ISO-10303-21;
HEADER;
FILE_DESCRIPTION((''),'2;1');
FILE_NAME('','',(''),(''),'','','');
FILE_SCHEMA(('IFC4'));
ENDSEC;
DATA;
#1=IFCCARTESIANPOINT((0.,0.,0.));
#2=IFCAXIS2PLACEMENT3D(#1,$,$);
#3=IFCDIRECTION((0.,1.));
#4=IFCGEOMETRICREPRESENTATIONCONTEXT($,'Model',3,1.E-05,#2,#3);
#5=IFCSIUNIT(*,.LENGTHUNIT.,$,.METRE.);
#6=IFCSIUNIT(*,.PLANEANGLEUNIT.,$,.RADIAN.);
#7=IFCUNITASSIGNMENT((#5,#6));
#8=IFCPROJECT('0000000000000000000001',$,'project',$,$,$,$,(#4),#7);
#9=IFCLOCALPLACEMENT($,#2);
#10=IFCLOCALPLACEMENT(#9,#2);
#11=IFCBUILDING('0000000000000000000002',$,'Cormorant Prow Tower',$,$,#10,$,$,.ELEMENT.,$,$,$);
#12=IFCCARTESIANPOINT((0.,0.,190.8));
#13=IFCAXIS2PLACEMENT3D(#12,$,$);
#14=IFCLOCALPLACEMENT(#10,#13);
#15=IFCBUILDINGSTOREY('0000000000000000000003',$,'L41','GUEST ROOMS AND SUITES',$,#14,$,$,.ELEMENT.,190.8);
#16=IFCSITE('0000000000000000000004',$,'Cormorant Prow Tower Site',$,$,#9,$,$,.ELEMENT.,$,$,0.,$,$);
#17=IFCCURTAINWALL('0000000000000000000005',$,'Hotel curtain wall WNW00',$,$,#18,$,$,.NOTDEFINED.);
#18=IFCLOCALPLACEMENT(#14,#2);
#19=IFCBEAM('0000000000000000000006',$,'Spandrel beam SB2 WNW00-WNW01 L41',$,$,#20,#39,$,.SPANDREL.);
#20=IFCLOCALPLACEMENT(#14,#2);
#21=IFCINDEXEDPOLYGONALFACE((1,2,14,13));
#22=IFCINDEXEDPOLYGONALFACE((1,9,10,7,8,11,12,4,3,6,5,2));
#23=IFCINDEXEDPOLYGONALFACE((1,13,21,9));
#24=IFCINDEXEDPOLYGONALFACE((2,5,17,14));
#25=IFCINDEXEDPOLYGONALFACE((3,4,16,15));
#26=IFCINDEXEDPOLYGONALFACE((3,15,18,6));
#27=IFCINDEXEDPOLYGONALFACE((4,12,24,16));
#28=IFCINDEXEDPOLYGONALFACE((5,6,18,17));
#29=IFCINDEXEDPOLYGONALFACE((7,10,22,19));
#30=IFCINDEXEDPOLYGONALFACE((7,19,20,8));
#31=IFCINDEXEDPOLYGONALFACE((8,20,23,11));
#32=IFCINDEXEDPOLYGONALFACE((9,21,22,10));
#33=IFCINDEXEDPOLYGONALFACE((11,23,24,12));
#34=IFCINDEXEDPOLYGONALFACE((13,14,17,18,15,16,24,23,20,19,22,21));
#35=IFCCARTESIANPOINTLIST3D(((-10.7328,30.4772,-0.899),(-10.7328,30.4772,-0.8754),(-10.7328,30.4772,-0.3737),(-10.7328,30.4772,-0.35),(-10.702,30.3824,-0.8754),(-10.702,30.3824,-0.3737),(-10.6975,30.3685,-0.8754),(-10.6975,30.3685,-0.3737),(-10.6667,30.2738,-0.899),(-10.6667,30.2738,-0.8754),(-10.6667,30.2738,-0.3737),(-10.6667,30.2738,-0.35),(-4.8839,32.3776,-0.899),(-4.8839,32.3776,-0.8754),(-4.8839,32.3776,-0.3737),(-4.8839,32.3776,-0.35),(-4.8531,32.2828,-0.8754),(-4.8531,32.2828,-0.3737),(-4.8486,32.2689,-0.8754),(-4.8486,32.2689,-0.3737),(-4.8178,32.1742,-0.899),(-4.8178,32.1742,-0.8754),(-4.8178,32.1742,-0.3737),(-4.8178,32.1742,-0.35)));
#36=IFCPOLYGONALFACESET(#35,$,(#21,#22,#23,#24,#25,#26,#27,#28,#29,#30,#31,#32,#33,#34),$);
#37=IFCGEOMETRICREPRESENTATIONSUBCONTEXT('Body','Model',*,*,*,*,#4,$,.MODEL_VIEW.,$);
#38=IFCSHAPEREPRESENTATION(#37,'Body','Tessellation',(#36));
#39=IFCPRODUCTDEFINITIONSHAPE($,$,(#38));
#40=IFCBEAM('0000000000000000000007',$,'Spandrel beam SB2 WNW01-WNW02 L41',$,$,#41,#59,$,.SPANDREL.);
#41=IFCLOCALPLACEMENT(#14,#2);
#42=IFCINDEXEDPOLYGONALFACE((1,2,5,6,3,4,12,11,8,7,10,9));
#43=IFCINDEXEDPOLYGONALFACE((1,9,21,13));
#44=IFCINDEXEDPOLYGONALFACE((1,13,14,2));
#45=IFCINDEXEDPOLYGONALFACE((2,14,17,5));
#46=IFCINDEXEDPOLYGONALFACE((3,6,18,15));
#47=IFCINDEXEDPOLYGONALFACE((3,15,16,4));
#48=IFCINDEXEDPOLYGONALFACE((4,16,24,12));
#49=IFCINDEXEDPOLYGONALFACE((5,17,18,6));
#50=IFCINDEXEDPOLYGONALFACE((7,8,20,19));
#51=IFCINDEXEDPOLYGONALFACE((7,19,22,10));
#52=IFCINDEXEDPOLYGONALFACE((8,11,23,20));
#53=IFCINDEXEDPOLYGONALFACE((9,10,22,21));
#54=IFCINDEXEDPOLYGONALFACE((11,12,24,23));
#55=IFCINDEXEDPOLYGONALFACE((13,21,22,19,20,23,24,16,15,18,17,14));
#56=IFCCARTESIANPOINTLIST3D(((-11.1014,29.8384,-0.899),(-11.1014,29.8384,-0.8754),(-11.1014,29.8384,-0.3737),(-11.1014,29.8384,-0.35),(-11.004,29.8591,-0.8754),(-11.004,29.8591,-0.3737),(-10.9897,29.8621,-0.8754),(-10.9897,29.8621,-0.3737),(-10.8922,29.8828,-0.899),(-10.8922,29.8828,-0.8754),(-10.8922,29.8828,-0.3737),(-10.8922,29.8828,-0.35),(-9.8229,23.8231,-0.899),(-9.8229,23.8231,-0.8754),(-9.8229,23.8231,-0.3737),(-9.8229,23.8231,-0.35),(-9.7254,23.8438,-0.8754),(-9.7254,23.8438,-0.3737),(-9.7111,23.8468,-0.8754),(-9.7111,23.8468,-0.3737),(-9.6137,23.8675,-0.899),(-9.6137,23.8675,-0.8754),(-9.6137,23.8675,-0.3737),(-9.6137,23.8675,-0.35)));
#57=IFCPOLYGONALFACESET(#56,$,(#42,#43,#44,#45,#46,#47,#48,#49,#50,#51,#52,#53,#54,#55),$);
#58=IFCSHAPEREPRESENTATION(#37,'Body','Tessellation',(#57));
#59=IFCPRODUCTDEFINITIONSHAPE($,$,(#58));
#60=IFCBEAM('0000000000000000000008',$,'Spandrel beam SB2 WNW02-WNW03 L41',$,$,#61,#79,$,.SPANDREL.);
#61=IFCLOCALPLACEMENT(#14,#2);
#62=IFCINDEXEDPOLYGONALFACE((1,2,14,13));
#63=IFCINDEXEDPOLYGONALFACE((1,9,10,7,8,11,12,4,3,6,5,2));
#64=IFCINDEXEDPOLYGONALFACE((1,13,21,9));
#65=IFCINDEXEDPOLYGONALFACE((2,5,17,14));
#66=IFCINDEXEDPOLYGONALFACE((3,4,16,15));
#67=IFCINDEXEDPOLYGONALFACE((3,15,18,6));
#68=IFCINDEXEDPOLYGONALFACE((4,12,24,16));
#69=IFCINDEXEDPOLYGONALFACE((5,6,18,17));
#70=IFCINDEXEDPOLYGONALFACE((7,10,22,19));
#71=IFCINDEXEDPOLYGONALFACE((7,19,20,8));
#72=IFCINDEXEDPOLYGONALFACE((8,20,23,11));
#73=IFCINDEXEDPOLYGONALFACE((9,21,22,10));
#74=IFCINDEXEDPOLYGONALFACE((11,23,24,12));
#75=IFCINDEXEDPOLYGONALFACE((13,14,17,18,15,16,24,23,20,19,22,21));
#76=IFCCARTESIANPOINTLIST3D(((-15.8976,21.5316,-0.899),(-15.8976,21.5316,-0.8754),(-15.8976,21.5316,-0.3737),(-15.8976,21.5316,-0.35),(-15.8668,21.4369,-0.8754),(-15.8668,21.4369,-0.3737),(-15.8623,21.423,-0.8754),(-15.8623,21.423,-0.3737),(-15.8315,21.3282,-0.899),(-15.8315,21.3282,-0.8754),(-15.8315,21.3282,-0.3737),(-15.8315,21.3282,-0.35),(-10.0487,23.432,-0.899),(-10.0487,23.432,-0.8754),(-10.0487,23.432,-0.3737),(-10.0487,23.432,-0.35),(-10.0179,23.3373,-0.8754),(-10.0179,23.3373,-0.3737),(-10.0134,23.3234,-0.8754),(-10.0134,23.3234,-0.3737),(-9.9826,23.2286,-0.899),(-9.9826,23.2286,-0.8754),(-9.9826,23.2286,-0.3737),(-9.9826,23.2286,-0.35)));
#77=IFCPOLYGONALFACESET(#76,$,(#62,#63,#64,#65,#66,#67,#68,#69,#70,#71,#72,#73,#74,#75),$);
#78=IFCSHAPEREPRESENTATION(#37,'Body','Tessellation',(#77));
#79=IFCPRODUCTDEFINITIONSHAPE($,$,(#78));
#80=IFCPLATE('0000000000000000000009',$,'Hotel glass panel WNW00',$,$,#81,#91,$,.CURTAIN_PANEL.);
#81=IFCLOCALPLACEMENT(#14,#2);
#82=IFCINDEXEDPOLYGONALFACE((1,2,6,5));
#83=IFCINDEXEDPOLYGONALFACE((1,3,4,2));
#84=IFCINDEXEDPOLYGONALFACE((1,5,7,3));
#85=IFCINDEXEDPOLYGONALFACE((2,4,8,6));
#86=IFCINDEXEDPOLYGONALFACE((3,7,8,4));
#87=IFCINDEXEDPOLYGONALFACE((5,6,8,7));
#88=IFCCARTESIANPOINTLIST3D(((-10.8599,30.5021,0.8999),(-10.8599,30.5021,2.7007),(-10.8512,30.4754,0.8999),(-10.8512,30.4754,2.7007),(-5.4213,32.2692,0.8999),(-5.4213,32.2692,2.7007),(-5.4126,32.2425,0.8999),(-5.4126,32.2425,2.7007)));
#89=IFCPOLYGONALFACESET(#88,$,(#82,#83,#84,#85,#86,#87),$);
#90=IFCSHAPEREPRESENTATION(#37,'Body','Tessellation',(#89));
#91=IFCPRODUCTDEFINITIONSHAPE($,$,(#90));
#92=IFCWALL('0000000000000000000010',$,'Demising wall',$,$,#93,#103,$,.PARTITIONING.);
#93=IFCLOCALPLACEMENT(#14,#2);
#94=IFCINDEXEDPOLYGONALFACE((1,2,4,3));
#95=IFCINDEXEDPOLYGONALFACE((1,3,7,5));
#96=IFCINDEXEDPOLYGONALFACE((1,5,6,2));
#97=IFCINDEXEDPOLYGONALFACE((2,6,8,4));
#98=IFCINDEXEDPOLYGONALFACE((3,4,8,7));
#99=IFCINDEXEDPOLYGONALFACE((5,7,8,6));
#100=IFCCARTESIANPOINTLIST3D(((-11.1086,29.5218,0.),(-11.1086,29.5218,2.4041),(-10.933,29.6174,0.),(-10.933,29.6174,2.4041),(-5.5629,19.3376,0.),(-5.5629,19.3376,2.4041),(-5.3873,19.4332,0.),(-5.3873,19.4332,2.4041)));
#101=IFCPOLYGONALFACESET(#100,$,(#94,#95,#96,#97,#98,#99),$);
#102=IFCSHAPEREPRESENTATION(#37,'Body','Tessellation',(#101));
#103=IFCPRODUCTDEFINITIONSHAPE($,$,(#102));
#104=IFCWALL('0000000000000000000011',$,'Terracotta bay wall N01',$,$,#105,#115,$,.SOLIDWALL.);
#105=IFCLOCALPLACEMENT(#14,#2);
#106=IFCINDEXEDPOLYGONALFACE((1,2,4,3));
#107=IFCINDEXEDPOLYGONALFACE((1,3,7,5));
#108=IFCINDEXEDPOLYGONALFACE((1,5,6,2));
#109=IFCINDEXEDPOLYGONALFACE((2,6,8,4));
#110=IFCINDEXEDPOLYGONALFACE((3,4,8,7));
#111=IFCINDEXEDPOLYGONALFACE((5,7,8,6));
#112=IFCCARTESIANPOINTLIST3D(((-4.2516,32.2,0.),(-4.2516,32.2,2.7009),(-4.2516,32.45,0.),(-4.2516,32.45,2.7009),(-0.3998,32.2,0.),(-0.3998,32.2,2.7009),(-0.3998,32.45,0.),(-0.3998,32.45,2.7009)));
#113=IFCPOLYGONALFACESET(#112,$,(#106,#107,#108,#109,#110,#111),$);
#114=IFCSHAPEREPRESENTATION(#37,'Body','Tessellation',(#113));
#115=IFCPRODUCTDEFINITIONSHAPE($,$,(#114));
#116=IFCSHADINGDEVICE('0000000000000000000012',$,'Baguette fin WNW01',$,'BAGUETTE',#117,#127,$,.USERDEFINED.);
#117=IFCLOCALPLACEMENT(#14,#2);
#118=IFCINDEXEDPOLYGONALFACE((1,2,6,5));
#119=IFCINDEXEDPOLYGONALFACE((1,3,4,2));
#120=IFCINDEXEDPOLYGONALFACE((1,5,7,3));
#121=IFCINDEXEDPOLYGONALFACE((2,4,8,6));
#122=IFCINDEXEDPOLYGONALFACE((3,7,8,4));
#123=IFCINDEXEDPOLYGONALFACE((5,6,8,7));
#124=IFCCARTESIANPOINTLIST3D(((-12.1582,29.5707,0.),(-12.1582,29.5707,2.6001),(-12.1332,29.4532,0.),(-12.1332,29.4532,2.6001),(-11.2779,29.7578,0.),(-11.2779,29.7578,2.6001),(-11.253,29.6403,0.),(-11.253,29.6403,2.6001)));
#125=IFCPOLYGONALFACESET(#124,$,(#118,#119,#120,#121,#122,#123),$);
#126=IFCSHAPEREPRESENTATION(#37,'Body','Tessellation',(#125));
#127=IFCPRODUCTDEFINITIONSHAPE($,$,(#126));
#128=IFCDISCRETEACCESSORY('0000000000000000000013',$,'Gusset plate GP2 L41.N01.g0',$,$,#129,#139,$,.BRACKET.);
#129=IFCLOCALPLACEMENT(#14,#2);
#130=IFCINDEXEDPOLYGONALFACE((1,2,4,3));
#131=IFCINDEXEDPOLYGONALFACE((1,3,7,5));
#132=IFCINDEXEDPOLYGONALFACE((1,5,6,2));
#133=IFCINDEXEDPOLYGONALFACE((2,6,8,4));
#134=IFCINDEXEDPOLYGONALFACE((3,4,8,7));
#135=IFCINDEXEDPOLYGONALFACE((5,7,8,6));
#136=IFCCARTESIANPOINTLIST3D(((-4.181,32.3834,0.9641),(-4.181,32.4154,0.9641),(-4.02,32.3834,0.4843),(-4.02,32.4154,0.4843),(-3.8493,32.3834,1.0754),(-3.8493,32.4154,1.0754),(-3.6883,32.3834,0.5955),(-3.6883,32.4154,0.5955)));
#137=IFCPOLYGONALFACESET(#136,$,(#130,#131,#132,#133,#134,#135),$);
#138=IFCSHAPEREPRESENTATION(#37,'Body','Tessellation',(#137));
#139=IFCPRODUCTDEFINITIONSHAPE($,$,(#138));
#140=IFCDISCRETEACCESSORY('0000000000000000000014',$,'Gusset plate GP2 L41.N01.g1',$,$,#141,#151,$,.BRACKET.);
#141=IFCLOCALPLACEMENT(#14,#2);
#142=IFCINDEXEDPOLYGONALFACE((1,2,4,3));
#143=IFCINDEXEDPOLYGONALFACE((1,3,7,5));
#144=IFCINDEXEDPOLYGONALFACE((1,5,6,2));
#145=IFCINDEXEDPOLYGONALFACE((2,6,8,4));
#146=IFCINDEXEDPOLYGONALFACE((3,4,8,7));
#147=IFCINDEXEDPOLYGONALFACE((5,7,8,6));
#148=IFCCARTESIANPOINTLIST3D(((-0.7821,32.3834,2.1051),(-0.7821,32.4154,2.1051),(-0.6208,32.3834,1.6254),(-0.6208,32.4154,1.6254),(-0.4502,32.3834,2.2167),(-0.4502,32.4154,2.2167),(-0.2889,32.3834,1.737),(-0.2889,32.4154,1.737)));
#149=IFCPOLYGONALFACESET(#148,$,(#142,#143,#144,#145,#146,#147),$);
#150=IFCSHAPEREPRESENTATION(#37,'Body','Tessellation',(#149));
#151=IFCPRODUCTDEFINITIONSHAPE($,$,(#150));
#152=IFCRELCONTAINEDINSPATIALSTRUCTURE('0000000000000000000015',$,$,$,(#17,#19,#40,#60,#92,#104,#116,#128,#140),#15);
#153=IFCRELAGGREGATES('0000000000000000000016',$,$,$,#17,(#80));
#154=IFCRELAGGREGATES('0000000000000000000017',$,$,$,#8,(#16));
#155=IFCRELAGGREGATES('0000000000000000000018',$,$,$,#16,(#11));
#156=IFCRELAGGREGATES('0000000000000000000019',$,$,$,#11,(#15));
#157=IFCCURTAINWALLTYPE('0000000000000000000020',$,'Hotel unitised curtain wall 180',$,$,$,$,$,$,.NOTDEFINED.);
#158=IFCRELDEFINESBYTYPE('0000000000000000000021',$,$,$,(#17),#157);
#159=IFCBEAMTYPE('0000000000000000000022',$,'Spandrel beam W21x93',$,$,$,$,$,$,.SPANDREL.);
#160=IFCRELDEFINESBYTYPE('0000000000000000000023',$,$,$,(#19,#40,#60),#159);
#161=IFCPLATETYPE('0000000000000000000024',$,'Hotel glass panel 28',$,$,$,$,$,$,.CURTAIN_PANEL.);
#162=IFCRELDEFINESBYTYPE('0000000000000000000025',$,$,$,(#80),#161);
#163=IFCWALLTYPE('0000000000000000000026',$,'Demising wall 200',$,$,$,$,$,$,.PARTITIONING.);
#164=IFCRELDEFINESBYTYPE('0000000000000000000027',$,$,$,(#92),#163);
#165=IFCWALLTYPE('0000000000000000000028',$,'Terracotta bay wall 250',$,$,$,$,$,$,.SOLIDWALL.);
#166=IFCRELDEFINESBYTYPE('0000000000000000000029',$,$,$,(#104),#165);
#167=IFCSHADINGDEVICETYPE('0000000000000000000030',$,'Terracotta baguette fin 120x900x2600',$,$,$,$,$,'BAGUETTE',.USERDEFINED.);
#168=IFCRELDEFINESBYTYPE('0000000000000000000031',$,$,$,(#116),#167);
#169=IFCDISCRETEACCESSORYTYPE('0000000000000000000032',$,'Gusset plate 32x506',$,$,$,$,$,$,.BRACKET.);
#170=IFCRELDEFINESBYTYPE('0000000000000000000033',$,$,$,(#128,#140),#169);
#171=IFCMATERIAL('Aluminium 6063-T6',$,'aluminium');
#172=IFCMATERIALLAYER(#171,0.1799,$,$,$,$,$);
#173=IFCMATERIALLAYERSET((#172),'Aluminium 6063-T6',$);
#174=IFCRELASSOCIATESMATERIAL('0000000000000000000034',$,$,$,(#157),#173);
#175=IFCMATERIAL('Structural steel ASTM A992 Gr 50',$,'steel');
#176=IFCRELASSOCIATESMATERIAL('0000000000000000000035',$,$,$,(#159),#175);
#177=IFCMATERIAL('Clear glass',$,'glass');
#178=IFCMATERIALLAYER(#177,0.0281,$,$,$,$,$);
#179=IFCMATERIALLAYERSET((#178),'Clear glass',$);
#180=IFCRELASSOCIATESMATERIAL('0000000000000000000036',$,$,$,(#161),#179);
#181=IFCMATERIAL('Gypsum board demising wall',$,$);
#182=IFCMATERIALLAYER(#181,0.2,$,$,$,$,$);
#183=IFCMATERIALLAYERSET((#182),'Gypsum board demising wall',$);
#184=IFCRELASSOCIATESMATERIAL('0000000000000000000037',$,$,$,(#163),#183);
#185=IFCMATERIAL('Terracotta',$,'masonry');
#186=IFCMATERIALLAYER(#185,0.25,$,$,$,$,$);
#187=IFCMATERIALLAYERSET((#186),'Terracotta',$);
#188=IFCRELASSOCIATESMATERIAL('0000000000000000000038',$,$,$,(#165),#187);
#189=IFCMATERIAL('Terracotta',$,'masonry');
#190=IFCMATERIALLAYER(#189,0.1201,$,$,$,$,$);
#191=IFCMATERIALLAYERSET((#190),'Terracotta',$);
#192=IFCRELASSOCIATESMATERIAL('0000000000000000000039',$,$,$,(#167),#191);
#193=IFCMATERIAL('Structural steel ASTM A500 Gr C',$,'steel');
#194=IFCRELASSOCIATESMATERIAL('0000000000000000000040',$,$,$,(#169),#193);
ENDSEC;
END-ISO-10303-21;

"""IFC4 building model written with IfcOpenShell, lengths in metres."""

from ifc_helpers import new_model, si_unit, direction, frame, frame_2d, origin, origin_2d, place, context, subcontext, project, spatial, rectangle, i_section, extrude, material, layer, layer_set, material_profile, profile_set, type_object, element, aggregate, save


model = new_model("IFC4")

# Units and contexts
model_context = context("Model", 3, precision=1e-05, world=origin(), true_north=direction((0.0, 1.0)))
body_context = subcontext(model_context, "Body", "Model", "MODEL_VIEW")
ifc_project = project(units=[si_unit("LENGTHUNIT", "METRE"), si_unit("PLANEANGLEUNIT", "RADIAN")], contexts=[model_context])

# Site, building, storey
site_placement = place(None, origin())
site = spatial("IfcSite", under=ifc_project, at=site_placement, Name="Cormorant Prow Tower Site", CompositionType="ELEMENT", RefElevation=0.0)
building_placement = place(site_placement, origin())
building = spatial("IfcBuilding", under=site, at=building_placement, Name="Cormorant Prow Tower", CompositionType="ELEMENT")
storey_placement = place(building_placement, frame((0.0, 0.0, 190.8)))
storey = spatial("IfcBuildingStorey", under=building, at=storey_placement, Name="L41", Description="GUEST ROOMS AND SUITES", CompositionType="ELEMENT", Elevation=190.8)

# Curtain wall
ifc_material_1 = material(Name="Aluminium 6063-T6", Category="aluminium")
ifc_layer_1 = layer(ifc_material_1, 0.1799)
ifc_layer_set_1 = layer_set([ifc_layer_1], Name="Aluminium 6063-T6")
curtain_wall_type = type_object("IfcCurtainWallType", Name="Hotel unitised curtain wall 180", PredefinedType="NOTDEFINED", material=ifc_layer_set_1)
curtain_wall_1_placement = place(storey_placement, origin())
curtain_wall_1 = element("IfcCurtainWall", 1, at=curtain_wall_1_placement, inside=storey, type_object=curtain_wall_type, Name="Hotel curtain wall WNW00", PredefinedType="NOTDEFINED")

# Beams
ifc_material_2 = material(Name="Structural steel ASTM A992 Gr 50", Category="steel")
ifc_material_profile_1 = material_profile(ifc_material_2, i_section(OverallWidth=0.2139, OverallDepth=0.5491, WebThickness=0.0146, FlangeThickness=0.0237, at=origin_2d()), Name="W21x93")
ifc_profile_set_1 = profile_set([ifc_material_profile_1], Name="Structural steel ASTM A992 Gr 50")
beam_type_1 = type_object("IfcBeamType", Name="Spandrel beam W21x93", PredefinedType="SPANDREL", material=ifc_profile_set_1)
beam_1_placement = place(storey_placement, frame((-4.8508, 32.2759, -0.6245), z_axis=(-0.951058, -0.309013, 0.0), x_axis=(0.309013, -0.951058, 0.0)))
element("IfcBeam", 2, at=beam_1_placement, inside=storey, type_object=beam_type_1, Name="Spandrel beam SB2 WNW00-WNW01 L41", PredefinedType="SPANDREL", context=body_context, shape_type="SweptSolid", body=[
    extrude(i_section(OverallWidth=0.2139, OverallDepth=0.5491, WebThickness=0.0146, FlangeThickness=0.0237, at=origin_2d()), origin(), (0.0, 0.0, 1.0), 6.1499),
])
beam_2_placement = place(storey_placement, frame((-10.9968, 29.8606, -0.6245), z_axis=(0.207905, -0.978149, 0.0), x_axis=(0.978149, 0.207905, 0.0)))
element("IfcBeam", 3, at=beam_2_placement, inside=storey, type_object=beam_type_1, Name="Spandrel beam SB2 WNW01-WNW02 L41", PredefinedType="SPANDREL", context=body_context, shape_type="SweptSolid", body=[
    extrude(i_section(OverallWidth=0.2139, OverallDepth=0.5491, WebThickness=0.0146, FlangeThickness=0.0237, at=origin_2d()), origin(), (0.0, 0.0, 1.0), 6.1497),
])
beam_3_placement = place(storey_placement, frame((-10.0156, 23.3303, -0.6245), z_axis=(-0.951058, -0.309013, 0.0), x_axis=(0.309013, -0.951058, 0.0)))
element("IfcBeam", 4, at=beam_3_placement, inside=storey, type_object=beam_type_1, Name="Spandrel beam SB2 WNW02-WNW03 L41", PredefinedType="SPANDREL", context=body_context, shape_type="SweptSolid", body=[
    extrude(i_section(OverallWidth=0.2139, OverallDepth=0.5491, WebThickness=0.0146, FlangeThickness=0.0237, at=origin_2d()), origin(), (0.0, 0.0, 1.0), 6.1499),
])

# Plate
ifc_material_3 = material(Name="Clear glass", Category="glass")
ifc_layer_2 = layer(ifc_material_3, 0.0281)
ifc_layer_set_2 = layer_set([ifc_layer_2], Name="Clear glass")
plate_type = type_object("IfcPlateType", Name="Hotel glass panel 28", PredefinedType="CURTAIN_PANEL", material=ifc_layer_set_2)
plate_placement = place(storey_placement, frame((-8.1362, 31.3723, 0.8999), z_axis=(0.0, 0.0, 1.0), x_axis=(-0.951057, -0.309017, 0.0)))
plate = element("IfcPlate", 5, at=plate_placement, type_object=plate_type, Name="Hotel glass panel WNW00", PredefinedType="CURTAIN_PANEL", context=body_context, shape_type="SweptSolid", body=[
    extrude(rectangle(XDim=5.7185, YDim=0.0281, at=origin_2d()), origin(), (0.0, 0.0, 1.0), 1.8008),
])
aggregate(curtain_wall_1, [plate])

# Walls
ifc_material_4 = material(Name="Gypsum board demising wall")
ifc_layer_3 = layer(ifc_material_4, 0.2)
ifc_layer_set_3 = layer_set([ifc_layer_3], Name="Gypsum board demising wall")
wall_type_1 = type_object("IfcWallType", Name="Demising wall 200", PredefinedType="PARTITIONING", material=ifc_layer_set_3)
wall_1_placement = place(storey_placement, frame((-11.0208, 29.5696, 0.0), z_axis=(0.0, 0.0, 1.0), x_axis=(0.478234, -0.878232, 0.0)))
element("IfcWall", 6, at=wall_1_placement, inside=storey, type_object=wall_type_1, Name="Demising wall", PredefinedType="PARTITIONING", context=body_context, shape_type="SweptSolid", body=[
    extrude(rectangle(XDim=11.5962, YDim=0.2, at=frame_2d((5.7981, 0.0))), origin(), (0.0, 0.0, 1.0), 2.4041),
])
ifc_material_5 = material(Name="Terracotta", Category="masonry")
ifc_layer_4 = layer(ifc_material_5, 0.25)
ifc_layer_set_4 = layer_set([ifc_layer_4], Name="Terracotta")
wall_type_2 = type_object("IfcWallType", Name="Terracotta bay wall 250", PredefinedType="SOLIDWALL", material=ifc_layer_set_4)
wall_2_placement = place(storey_placement, frame((-0.3999, 32.325, 0.0), z_axis=(0.0, 0.0, 1.0), x_axis=(-1.0, 0.0, 0.0)))
element("IfcWall", 7, at=wall_2_placement, inside=storey, type_object=wall_type_2, Name="Terracotta bay wall N01", PredefinedType="SOLIDWALL", context=body_context, shape_type="SweptSolid", body=[
    extrude(rectangle(XDim=3.8518, YDim=0.25, at=frame_2d((1.9258, 0.0))), origin(), (0.0, 0.0, 1.0), 2.7009),
])

# Shading device
ifc_material_6 = material(Name="Terracotta", Category="masonry")
ifc_layer_5 = layer(ifc_material_6, 0.1201)
ifc_layer_set_5 = layer_set([ifc_layer_5], Name="Terracotta")
shading_device_type = type_object("IfcShadingDeviceType", Name="Terracotta baguette fin 120x900x2600", ElementType="BAGUETTE", PredefinedType="USERDEFINED", material=ifc_layer_set_5)
shading_device_placement = place(storey_placement, frame((-11.7056, 29.6055, 0.0), z_axis=(0.0, 0.0, 1.0), x_axis=(0.207912, -0.978148, 0.0)))
element("IfcShadingDevice", 8, at=shading_device_placement, inside=storey, type_object=shading_device_type, Name="Baguette fin WNW01", ObjectType="BAGUETTE", PredefinedType="USERDEFINED", context=body_context, shape_type="SweptSolid", body=[
    extrude(rectangle(XDim=0.1201, YDim=0.8999, at=origin_2d()), origin(), (0.0, 0.0, 1.0), 2.6001),
])

# Discrete accessories
ifc_material_7 = material(Name="Structural steel ASTM A500 Gr C", Category="steel")
ifc_material_profile_2 = material_profile(ifc_material_7, rectangle(XDim=0.032, YDim=0.5061, at=origin_2d()), Name="Gusset plate 32x506")
ifc_profile_set_2 = profile_set([ifc_material_profile_2], Name="Structural steel ASTM A500 Gr C")
discrete_accessory_type = type_object("IfcDiscreteAccessoryType", Name="Gusset plate 32x506", PredefinedType="BRACKET", material=ifc_profile_set_2)
discrete_accessory_1_placement = place(storey_placement, frame((-3.7688, 32.3994, 0.8354), z_axis=(-0.948054, 0.0, -0.318111), x_axis=(0.0, -1.0, 0.0)))
element("IfcDiscreteAccessory", 9, at=discrete_accessory_1_placement, inside=storey, type_object=discrete_accessory_type, Name="Gusset plate GP2 L41.N01.g0", PredefinedType="BRACKET", context=body_context, shape_type="SweptSolid", body=[
    extrude(rectangle(XDim=0.032, YDim=0.5061, at=origin_2d()), origin(), (0.0, 0.0, 1.0), 0.3499),
])
discrete_accessory_2_placement = place(storey_placement, frame((-0.7014, 32.3994, 1.8652), z_axis=(0.947843, 0.0, 0.318738), x_axis=(0.0, 1.0, 0.0)))
element("IfcDiscreteAccessory", 10, at=discrete_accessory_2_placement, inside=storey, type_object=discrete_accessory_type, Name="Gusset plate GP2 L41.N01.g1", PredefinedType="BRACKET", context=body_context, shape_type="SweptSolid", body=[
    extrude(rectangle(XDim=0.032, YDim=0.5061, at=origin_2d()), origin(), (0.0, 0.0, 1.0), 0.3501),
])

save(model, "model.ifc")
